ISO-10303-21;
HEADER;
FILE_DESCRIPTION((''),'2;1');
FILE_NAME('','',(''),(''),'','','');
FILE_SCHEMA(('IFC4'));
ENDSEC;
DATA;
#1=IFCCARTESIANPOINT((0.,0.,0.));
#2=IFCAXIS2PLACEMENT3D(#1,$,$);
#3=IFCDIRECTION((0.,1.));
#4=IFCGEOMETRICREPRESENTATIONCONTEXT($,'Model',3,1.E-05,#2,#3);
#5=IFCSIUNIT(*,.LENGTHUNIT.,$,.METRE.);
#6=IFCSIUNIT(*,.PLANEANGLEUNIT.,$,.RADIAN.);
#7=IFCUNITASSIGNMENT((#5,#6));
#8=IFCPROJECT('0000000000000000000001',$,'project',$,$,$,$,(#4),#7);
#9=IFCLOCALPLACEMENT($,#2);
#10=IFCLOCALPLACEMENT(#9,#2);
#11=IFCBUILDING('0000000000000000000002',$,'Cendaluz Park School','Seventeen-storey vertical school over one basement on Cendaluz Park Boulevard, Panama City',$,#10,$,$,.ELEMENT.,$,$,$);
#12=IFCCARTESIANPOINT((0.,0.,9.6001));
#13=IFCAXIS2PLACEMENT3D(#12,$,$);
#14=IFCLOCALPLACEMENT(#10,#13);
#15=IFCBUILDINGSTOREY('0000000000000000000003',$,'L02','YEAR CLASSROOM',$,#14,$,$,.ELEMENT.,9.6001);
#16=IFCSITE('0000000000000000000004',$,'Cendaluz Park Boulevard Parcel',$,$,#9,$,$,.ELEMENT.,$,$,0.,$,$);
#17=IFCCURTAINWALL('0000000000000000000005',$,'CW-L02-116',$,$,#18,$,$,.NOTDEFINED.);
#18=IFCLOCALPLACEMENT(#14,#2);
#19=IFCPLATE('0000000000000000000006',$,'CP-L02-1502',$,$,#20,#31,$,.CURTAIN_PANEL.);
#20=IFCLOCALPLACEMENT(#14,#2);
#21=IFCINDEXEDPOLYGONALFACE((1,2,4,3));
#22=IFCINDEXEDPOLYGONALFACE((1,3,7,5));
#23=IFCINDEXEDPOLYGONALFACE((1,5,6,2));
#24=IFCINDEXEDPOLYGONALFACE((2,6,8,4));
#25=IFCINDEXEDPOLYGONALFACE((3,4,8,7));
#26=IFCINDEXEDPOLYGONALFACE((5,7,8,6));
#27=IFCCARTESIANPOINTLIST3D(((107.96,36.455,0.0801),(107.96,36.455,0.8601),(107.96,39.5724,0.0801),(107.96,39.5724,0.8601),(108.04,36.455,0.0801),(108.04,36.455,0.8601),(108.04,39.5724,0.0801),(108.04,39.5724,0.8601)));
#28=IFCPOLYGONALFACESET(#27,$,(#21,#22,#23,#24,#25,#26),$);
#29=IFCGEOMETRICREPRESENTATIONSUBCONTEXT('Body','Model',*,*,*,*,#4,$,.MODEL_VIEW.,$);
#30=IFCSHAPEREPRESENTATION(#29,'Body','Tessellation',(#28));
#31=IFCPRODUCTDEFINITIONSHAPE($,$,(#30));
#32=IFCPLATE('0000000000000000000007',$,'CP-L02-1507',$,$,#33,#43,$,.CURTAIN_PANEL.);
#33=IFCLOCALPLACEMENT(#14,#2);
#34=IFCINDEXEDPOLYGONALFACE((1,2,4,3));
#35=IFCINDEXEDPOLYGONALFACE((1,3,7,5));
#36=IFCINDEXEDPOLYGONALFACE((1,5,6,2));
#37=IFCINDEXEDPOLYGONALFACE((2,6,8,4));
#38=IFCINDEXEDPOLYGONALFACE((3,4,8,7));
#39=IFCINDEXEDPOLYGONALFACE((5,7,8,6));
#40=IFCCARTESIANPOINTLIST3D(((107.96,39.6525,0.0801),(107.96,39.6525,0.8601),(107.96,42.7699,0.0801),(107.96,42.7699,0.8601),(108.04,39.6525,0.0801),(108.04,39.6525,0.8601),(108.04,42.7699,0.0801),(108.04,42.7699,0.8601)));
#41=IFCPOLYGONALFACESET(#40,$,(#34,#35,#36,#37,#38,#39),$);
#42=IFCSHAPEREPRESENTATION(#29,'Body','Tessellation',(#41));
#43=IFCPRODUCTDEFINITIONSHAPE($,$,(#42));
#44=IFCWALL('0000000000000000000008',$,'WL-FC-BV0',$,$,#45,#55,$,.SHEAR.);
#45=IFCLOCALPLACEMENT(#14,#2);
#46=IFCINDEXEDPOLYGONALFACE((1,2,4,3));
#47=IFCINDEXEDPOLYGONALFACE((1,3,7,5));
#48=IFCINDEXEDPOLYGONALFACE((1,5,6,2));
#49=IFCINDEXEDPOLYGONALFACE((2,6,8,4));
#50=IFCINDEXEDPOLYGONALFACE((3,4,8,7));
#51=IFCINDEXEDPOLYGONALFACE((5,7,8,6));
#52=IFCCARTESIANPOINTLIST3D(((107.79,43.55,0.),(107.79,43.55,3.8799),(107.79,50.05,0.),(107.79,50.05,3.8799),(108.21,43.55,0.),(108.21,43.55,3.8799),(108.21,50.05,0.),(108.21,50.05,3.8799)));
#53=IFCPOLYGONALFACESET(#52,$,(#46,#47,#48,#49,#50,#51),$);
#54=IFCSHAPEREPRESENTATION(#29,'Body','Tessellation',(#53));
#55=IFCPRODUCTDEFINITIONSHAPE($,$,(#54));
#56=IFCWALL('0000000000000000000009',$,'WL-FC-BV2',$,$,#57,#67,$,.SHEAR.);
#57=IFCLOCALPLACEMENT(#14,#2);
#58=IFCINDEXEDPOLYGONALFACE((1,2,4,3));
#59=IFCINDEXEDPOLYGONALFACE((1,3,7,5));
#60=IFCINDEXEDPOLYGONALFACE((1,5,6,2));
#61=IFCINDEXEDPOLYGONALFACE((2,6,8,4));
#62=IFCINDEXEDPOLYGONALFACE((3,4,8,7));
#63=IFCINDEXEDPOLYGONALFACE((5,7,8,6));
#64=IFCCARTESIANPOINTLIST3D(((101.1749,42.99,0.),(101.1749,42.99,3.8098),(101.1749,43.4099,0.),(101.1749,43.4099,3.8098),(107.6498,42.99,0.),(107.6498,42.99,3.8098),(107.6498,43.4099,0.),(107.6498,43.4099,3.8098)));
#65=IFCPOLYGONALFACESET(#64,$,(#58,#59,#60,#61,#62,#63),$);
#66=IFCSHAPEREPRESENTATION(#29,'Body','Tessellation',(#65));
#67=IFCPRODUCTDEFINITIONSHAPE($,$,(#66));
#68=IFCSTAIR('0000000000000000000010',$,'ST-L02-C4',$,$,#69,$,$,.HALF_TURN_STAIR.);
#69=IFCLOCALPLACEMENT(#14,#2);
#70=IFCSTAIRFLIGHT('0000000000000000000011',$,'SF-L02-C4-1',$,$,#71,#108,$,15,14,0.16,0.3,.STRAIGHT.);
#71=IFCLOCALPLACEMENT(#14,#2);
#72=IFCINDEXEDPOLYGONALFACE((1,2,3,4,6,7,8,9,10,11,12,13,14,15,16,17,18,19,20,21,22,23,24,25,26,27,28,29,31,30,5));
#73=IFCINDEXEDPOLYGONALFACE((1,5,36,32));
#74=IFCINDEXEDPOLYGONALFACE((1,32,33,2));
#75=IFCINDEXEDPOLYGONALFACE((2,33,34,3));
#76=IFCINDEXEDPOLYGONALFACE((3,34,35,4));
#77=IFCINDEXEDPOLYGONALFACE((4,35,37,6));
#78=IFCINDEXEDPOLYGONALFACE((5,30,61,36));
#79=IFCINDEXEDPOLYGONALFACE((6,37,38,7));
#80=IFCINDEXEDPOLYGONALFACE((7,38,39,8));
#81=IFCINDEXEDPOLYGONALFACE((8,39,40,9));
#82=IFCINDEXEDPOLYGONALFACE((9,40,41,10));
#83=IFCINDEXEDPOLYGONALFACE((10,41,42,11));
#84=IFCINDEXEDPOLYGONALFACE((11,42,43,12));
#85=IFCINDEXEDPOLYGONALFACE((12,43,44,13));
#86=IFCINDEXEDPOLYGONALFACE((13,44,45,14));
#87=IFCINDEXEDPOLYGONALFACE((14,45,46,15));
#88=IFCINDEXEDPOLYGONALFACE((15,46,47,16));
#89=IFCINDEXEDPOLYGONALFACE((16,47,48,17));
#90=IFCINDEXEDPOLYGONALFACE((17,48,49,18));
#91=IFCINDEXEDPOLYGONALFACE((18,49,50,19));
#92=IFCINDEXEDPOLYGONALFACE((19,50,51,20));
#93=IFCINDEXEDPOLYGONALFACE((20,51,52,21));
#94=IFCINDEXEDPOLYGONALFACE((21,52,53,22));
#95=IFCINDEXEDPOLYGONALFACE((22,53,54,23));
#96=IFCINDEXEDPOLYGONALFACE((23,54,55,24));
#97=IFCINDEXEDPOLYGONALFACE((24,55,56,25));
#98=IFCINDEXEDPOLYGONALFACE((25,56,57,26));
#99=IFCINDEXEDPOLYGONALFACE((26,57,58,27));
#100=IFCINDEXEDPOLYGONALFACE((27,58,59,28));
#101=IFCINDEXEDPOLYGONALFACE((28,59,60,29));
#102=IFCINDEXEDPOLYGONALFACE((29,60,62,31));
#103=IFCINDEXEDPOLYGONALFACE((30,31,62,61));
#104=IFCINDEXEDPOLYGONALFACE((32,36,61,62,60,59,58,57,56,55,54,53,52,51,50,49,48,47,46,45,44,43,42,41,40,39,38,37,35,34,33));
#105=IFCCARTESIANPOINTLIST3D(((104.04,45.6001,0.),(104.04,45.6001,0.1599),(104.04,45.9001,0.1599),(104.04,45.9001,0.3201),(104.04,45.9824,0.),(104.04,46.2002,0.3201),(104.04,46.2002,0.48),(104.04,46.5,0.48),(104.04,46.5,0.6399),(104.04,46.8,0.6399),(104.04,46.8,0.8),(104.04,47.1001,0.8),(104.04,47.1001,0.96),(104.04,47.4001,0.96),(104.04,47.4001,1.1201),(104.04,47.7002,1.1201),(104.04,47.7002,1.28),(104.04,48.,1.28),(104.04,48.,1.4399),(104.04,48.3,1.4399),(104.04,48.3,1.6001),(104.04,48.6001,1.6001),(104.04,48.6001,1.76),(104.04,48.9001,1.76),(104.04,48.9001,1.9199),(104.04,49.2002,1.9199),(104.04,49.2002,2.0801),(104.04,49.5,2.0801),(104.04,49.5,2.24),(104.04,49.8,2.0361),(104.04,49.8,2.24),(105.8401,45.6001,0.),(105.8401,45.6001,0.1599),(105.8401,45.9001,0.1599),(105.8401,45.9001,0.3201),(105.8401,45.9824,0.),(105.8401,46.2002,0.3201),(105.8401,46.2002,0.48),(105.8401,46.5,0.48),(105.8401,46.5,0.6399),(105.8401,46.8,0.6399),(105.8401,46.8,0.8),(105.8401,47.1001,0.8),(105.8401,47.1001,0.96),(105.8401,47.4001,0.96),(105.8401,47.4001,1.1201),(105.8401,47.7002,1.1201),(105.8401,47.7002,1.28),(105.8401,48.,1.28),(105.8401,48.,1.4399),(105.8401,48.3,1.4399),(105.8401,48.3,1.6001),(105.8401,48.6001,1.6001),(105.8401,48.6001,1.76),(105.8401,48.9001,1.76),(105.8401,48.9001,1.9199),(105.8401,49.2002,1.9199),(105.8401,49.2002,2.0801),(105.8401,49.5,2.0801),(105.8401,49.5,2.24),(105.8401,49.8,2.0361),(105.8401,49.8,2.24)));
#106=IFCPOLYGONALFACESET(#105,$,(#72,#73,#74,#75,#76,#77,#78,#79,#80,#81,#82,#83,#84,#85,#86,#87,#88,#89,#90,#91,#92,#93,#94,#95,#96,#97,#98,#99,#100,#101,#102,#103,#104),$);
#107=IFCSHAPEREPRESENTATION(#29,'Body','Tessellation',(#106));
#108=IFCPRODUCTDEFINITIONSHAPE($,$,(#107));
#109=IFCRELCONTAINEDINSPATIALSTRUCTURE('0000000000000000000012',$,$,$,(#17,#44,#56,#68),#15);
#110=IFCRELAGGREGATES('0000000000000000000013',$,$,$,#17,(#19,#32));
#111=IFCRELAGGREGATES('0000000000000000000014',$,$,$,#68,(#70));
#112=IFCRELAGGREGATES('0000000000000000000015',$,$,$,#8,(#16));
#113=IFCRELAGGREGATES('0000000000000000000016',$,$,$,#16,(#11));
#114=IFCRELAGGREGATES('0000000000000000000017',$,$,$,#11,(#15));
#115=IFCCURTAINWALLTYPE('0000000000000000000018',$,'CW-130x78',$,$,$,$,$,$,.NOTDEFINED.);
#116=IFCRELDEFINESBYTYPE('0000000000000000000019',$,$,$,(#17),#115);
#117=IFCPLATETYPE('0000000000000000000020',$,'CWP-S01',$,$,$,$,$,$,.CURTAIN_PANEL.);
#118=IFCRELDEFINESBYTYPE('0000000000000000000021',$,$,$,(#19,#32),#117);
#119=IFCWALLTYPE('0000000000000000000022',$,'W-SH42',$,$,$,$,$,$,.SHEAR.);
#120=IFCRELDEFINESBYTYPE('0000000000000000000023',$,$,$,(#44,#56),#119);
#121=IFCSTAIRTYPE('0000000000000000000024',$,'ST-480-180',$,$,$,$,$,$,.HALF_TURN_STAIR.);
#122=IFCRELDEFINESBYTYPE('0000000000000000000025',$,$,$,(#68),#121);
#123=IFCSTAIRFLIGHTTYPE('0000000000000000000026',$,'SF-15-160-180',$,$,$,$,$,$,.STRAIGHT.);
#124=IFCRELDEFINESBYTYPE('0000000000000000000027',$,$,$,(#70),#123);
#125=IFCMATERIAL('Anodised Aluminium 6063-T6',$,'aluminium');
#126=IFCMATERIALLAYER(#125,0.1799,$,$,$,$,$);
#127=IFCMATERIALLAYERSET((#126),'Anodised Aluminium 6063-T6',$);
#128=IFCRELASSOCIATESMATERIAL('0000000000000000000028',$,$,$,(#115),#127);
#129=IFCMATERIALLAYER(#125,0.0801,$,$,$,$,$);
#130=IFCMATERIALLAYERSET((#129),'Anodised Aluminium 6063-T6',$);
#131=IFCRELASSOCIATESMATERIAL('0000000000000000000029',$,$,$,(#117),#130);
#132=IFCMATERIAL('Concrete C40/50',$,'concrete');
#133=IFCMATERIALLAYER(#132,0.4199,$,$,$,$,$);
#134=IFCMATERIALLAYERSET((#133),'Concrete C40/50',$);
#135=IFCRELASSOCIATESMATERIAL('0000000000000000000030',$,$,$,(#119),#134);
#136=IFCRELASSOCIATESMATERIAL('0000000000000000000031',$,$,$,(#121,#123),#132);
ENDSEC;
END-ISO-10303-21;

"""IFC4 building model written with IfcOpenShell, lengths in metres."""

from ifc_helpers import new_model, si_unit, direction, frame, frame_2d, origin, origin_2d, place, context, subcontext, project, spatial, polyline, rectangle, outline, extrude, material, layer, layer_set, type_object, element, aggregate, save


model = new_model("IFC4")

# Units and contexts
model_context = context("Model", 3, precision=1e-05, world=origin(), true_north=direction((0.0, 1.0)))
body_context = subcontext(model_context, "Body", "Model", "MODEL_VIEW")
ifc_project = project(units=[si_unit("LENGTHUNIT", "METRE"), si_unit("PLANEANGLEUNIT", "RADIAN")], contexts=[model_context])

# Site, building, storey
site_placement = place(None, origin())
site = spatial("IfcSite", under=ifc_project, at=site_placement, Name="Cendaluz Park Boulevard Parcel", CompositionType="ELEMENT", RefElevation=0.0)
building_placement = place(site_placement, origin())
building = spatial("IfcBuilding", under=site, at=building_placement, Name="Cendaluz Park School", Description="Seventeen-storey vertical school over one basement on Cendaluz Park Boulevard, Panama City", CompositionType="ELEMENT")
storey_placement = place(building_placement, frame((0.0, 0.0, 9.6001)))
storey = spatial("IfcBuildingStorey", under=building, at=storey_placement, Name="L02", Description="YEAR CLASSROOM", CompositionType="ELEMENT", Elevation=9.6001)

# Shared definitions
ifc_material_1 = material(Name="Concrete C40/50", Category="concrete")

# Curtain wall, plates
ifc_material_2 = material(Name="Anodised Aluminium 6063-T6", Category="aluminium")
ifc_layer_1 = layer(ifc_material_2, 0.1799)
ifc_layer_set_1 = layer_set([ifc_layer_1], Name="Anodised Aluminium 6063-T6")
curtain_wall_type = type_object("IfcCurtainWallType", Name="CW-130x78", PredefinedType="NOTDEFINED", material=ifc_layer_set_1)
curtain_wall_placement = place(storey_placement, origin())
curtain_wall = element("IfcCurtainWall", 1, at=curtain_wall_placement, inside=storey, type_object=curtain_wall_type, Name="CW-L02-116", PredefinedType="NOTDEFINED")
ifc_layer_2 = layer(ifc_material_2, 0.0801)
ifc_layer_set_2 = layer_set([ifc_layer_2], Name="Anodised Aluminium 6063-T6")
plate_type_1 = type_object("IfcPlateType", Name="CWP-S01", PredefinedType="CURTAIN_PANEL", material=ifc_layer_set_2)
plate_1_placement = place(storey_placement, frame((108.0, 38.0137, 0.0801), z_axis=(0.0, 0.0, 1.0), x_axis=(0.0, 1.0, 0.0)))
plate_1 = element("IfcPlate", 2, at=plate_1_placement, type_object=plate_type_1, Name="CP-L02-1502", PredefinedType="CURTAIN_PANEL", context=body_context, shape_type="SweptSolid", body=[
    extrude(rectangle(XDim=3.1174, YDim=0.0801, at=origin_2d()), origin(), (0.0, 0.0, 1.0), 0.78),
])
plate_2_placement = place(storey_placement, frame((108.0, 41.2112, 0.0801), z_axis=(0.0, 0.0, 1.0), x_axis=(0.0, 1.0, 0.0)))
plate_2 = element("IfcPlate", 3, at=plate_2_placement, type_object=plate_type_1, Name="CP-L02-1507", PredefinedType="CURTAIN_PANEL", context=body_context, shape_type="SweptSolid", body=[
    extrude(rectangle(XDim=3.1174, YDim=0.0801, at=origin_2d()), origin(), (0.0, 0.0, 1.0), 0.78),
])
aggregate(curtain_wall, [plate_1, plate_2])

# Walls
ifc_layer_3 = layer(ifc_material_1, 0.4199)
ifc_layer_set_3 = layer_set([ifc_layer_3], Name="Concrete C40/50")
wall_type_1 = type_object("IfcWallType", Name="W-SH42", PredefinedType="SHEAR", material=ifc_layer_set_3)
wall_1_placement = place(storey_placement, frame((108.0, 43.55, 0.0), z_axis=(0.0, 0.0, 1.0), x_axis=(0.0, 1.0, 0.0)))
element("IfcWall", 4, at=wall_1_placement, inside=storey, type_object=wall_type_1, Name="WL-FC-BV0", PredefinedType="SHEAR", context=body_context, shape_type="SweptSolid", body=[
    extrude(rectangle(XDim=6.5, YDim=0.4199, at=frame_2d((3.25, 0.0))), origin(), (0.0, 0.0, 1.0), 3.8799),
])
wall_2_placement = place(storey_placement, frame((101.175, 43.2, 0.0), z_axis=(0.0, 0.0, 1.0), x_axis=(1.0, 0.0, 0.0)))
element("IfcWall", 5, at=wall_2_placement, inside=storey, type_object=wall_type_1, Name="WL-FC-BV2", PredefinedType="SHEAR", context=body_context, shape_type="SweptSolid", body=[
    extrude(rectangle(XDim=6.4749, YDim=0.4199, at=frame_2d((3.2373, 0.0))), origin(), (0.0, 0.0, 1.0), 3.8098),
])

# Stair, stair flight
stair_type = type_object("IfcStairType", Name="ST-480-180", PredefinedType="HALF_TURN_STAIR", material=ifc_material_1)
stair_placement = place(storey_placement, origin())
stair = element("IfcStair", 6, at=stair_placement, inside=storey, type_object=stair_type, Name="ST-L02-C4", PredefinedType="HALF_TURN_STAIR")
stair_flight_type = type_object("IfcStairFlightType", Name="SF-15-160-180", PredefinedType="STRAIGHT", material=ifc_material_1)
stair_flight_placement = place(storey_placement, frame((104.9399, 45.6001, 0.0), z_axis=(0.0, 0.0, 1.0), x_axis=(0.0, 1.0, 0.0)))
stair_flight = element("IfcStairFlight", 7, at=stair_flight_placement, type_object=stair_flight_type, Name="SF-L02-C4-1", NumberOfRisers=15, NumberOfTreads=14, PredefinedType="STRAIGHT", RiserHeight=0.16, TreadLength=0.3, context=body_context, shape_type="SweptSolid", body=[
    extrude(outline(polyline([(0.0, 0.0), (0.0, 0.1599), (0.3, 0.1599), (0.3, 0.3201), (0.6001, 0.3201), (0.6001, 0.48), (0.8999, 0.48), (0.8999, 0.6399), (1.2, 0.6399), (1.2, 0.8), (1.5, 0.8), (1.5, 0.96), (1.8, 0.96), (1.8, 1.1201), (2.1001, 1.1201), (2.1001, 1.28), (2.3999, 1.28), (2.3999, 1.4399), (2.7, 1.4399), (2.7, 1.6001), (3.0, 1.6001), (3.0, 1.76), (3.3, 1.76), (3.3, 1.9199), (3.6001, 1.9199), (3.6001, 2.0801), (3.8999, 2.0801), (3.8999, 2.24), (4.2, 2.24), (4.2, 2.3999), (4.2, 2.0361), (0.3823, 0.0), (0.0, 0.0)])), frame((0.0, 0.8999, 0.0), z_axis=(0.0, -1.0, 0.0), x_axis=(1.0, 0.0, 0.0)), (0.0, 0.0, 1.0), 1.8),
])
aggregate(stair, [stair_flight])

save(model, "model.ifc")
